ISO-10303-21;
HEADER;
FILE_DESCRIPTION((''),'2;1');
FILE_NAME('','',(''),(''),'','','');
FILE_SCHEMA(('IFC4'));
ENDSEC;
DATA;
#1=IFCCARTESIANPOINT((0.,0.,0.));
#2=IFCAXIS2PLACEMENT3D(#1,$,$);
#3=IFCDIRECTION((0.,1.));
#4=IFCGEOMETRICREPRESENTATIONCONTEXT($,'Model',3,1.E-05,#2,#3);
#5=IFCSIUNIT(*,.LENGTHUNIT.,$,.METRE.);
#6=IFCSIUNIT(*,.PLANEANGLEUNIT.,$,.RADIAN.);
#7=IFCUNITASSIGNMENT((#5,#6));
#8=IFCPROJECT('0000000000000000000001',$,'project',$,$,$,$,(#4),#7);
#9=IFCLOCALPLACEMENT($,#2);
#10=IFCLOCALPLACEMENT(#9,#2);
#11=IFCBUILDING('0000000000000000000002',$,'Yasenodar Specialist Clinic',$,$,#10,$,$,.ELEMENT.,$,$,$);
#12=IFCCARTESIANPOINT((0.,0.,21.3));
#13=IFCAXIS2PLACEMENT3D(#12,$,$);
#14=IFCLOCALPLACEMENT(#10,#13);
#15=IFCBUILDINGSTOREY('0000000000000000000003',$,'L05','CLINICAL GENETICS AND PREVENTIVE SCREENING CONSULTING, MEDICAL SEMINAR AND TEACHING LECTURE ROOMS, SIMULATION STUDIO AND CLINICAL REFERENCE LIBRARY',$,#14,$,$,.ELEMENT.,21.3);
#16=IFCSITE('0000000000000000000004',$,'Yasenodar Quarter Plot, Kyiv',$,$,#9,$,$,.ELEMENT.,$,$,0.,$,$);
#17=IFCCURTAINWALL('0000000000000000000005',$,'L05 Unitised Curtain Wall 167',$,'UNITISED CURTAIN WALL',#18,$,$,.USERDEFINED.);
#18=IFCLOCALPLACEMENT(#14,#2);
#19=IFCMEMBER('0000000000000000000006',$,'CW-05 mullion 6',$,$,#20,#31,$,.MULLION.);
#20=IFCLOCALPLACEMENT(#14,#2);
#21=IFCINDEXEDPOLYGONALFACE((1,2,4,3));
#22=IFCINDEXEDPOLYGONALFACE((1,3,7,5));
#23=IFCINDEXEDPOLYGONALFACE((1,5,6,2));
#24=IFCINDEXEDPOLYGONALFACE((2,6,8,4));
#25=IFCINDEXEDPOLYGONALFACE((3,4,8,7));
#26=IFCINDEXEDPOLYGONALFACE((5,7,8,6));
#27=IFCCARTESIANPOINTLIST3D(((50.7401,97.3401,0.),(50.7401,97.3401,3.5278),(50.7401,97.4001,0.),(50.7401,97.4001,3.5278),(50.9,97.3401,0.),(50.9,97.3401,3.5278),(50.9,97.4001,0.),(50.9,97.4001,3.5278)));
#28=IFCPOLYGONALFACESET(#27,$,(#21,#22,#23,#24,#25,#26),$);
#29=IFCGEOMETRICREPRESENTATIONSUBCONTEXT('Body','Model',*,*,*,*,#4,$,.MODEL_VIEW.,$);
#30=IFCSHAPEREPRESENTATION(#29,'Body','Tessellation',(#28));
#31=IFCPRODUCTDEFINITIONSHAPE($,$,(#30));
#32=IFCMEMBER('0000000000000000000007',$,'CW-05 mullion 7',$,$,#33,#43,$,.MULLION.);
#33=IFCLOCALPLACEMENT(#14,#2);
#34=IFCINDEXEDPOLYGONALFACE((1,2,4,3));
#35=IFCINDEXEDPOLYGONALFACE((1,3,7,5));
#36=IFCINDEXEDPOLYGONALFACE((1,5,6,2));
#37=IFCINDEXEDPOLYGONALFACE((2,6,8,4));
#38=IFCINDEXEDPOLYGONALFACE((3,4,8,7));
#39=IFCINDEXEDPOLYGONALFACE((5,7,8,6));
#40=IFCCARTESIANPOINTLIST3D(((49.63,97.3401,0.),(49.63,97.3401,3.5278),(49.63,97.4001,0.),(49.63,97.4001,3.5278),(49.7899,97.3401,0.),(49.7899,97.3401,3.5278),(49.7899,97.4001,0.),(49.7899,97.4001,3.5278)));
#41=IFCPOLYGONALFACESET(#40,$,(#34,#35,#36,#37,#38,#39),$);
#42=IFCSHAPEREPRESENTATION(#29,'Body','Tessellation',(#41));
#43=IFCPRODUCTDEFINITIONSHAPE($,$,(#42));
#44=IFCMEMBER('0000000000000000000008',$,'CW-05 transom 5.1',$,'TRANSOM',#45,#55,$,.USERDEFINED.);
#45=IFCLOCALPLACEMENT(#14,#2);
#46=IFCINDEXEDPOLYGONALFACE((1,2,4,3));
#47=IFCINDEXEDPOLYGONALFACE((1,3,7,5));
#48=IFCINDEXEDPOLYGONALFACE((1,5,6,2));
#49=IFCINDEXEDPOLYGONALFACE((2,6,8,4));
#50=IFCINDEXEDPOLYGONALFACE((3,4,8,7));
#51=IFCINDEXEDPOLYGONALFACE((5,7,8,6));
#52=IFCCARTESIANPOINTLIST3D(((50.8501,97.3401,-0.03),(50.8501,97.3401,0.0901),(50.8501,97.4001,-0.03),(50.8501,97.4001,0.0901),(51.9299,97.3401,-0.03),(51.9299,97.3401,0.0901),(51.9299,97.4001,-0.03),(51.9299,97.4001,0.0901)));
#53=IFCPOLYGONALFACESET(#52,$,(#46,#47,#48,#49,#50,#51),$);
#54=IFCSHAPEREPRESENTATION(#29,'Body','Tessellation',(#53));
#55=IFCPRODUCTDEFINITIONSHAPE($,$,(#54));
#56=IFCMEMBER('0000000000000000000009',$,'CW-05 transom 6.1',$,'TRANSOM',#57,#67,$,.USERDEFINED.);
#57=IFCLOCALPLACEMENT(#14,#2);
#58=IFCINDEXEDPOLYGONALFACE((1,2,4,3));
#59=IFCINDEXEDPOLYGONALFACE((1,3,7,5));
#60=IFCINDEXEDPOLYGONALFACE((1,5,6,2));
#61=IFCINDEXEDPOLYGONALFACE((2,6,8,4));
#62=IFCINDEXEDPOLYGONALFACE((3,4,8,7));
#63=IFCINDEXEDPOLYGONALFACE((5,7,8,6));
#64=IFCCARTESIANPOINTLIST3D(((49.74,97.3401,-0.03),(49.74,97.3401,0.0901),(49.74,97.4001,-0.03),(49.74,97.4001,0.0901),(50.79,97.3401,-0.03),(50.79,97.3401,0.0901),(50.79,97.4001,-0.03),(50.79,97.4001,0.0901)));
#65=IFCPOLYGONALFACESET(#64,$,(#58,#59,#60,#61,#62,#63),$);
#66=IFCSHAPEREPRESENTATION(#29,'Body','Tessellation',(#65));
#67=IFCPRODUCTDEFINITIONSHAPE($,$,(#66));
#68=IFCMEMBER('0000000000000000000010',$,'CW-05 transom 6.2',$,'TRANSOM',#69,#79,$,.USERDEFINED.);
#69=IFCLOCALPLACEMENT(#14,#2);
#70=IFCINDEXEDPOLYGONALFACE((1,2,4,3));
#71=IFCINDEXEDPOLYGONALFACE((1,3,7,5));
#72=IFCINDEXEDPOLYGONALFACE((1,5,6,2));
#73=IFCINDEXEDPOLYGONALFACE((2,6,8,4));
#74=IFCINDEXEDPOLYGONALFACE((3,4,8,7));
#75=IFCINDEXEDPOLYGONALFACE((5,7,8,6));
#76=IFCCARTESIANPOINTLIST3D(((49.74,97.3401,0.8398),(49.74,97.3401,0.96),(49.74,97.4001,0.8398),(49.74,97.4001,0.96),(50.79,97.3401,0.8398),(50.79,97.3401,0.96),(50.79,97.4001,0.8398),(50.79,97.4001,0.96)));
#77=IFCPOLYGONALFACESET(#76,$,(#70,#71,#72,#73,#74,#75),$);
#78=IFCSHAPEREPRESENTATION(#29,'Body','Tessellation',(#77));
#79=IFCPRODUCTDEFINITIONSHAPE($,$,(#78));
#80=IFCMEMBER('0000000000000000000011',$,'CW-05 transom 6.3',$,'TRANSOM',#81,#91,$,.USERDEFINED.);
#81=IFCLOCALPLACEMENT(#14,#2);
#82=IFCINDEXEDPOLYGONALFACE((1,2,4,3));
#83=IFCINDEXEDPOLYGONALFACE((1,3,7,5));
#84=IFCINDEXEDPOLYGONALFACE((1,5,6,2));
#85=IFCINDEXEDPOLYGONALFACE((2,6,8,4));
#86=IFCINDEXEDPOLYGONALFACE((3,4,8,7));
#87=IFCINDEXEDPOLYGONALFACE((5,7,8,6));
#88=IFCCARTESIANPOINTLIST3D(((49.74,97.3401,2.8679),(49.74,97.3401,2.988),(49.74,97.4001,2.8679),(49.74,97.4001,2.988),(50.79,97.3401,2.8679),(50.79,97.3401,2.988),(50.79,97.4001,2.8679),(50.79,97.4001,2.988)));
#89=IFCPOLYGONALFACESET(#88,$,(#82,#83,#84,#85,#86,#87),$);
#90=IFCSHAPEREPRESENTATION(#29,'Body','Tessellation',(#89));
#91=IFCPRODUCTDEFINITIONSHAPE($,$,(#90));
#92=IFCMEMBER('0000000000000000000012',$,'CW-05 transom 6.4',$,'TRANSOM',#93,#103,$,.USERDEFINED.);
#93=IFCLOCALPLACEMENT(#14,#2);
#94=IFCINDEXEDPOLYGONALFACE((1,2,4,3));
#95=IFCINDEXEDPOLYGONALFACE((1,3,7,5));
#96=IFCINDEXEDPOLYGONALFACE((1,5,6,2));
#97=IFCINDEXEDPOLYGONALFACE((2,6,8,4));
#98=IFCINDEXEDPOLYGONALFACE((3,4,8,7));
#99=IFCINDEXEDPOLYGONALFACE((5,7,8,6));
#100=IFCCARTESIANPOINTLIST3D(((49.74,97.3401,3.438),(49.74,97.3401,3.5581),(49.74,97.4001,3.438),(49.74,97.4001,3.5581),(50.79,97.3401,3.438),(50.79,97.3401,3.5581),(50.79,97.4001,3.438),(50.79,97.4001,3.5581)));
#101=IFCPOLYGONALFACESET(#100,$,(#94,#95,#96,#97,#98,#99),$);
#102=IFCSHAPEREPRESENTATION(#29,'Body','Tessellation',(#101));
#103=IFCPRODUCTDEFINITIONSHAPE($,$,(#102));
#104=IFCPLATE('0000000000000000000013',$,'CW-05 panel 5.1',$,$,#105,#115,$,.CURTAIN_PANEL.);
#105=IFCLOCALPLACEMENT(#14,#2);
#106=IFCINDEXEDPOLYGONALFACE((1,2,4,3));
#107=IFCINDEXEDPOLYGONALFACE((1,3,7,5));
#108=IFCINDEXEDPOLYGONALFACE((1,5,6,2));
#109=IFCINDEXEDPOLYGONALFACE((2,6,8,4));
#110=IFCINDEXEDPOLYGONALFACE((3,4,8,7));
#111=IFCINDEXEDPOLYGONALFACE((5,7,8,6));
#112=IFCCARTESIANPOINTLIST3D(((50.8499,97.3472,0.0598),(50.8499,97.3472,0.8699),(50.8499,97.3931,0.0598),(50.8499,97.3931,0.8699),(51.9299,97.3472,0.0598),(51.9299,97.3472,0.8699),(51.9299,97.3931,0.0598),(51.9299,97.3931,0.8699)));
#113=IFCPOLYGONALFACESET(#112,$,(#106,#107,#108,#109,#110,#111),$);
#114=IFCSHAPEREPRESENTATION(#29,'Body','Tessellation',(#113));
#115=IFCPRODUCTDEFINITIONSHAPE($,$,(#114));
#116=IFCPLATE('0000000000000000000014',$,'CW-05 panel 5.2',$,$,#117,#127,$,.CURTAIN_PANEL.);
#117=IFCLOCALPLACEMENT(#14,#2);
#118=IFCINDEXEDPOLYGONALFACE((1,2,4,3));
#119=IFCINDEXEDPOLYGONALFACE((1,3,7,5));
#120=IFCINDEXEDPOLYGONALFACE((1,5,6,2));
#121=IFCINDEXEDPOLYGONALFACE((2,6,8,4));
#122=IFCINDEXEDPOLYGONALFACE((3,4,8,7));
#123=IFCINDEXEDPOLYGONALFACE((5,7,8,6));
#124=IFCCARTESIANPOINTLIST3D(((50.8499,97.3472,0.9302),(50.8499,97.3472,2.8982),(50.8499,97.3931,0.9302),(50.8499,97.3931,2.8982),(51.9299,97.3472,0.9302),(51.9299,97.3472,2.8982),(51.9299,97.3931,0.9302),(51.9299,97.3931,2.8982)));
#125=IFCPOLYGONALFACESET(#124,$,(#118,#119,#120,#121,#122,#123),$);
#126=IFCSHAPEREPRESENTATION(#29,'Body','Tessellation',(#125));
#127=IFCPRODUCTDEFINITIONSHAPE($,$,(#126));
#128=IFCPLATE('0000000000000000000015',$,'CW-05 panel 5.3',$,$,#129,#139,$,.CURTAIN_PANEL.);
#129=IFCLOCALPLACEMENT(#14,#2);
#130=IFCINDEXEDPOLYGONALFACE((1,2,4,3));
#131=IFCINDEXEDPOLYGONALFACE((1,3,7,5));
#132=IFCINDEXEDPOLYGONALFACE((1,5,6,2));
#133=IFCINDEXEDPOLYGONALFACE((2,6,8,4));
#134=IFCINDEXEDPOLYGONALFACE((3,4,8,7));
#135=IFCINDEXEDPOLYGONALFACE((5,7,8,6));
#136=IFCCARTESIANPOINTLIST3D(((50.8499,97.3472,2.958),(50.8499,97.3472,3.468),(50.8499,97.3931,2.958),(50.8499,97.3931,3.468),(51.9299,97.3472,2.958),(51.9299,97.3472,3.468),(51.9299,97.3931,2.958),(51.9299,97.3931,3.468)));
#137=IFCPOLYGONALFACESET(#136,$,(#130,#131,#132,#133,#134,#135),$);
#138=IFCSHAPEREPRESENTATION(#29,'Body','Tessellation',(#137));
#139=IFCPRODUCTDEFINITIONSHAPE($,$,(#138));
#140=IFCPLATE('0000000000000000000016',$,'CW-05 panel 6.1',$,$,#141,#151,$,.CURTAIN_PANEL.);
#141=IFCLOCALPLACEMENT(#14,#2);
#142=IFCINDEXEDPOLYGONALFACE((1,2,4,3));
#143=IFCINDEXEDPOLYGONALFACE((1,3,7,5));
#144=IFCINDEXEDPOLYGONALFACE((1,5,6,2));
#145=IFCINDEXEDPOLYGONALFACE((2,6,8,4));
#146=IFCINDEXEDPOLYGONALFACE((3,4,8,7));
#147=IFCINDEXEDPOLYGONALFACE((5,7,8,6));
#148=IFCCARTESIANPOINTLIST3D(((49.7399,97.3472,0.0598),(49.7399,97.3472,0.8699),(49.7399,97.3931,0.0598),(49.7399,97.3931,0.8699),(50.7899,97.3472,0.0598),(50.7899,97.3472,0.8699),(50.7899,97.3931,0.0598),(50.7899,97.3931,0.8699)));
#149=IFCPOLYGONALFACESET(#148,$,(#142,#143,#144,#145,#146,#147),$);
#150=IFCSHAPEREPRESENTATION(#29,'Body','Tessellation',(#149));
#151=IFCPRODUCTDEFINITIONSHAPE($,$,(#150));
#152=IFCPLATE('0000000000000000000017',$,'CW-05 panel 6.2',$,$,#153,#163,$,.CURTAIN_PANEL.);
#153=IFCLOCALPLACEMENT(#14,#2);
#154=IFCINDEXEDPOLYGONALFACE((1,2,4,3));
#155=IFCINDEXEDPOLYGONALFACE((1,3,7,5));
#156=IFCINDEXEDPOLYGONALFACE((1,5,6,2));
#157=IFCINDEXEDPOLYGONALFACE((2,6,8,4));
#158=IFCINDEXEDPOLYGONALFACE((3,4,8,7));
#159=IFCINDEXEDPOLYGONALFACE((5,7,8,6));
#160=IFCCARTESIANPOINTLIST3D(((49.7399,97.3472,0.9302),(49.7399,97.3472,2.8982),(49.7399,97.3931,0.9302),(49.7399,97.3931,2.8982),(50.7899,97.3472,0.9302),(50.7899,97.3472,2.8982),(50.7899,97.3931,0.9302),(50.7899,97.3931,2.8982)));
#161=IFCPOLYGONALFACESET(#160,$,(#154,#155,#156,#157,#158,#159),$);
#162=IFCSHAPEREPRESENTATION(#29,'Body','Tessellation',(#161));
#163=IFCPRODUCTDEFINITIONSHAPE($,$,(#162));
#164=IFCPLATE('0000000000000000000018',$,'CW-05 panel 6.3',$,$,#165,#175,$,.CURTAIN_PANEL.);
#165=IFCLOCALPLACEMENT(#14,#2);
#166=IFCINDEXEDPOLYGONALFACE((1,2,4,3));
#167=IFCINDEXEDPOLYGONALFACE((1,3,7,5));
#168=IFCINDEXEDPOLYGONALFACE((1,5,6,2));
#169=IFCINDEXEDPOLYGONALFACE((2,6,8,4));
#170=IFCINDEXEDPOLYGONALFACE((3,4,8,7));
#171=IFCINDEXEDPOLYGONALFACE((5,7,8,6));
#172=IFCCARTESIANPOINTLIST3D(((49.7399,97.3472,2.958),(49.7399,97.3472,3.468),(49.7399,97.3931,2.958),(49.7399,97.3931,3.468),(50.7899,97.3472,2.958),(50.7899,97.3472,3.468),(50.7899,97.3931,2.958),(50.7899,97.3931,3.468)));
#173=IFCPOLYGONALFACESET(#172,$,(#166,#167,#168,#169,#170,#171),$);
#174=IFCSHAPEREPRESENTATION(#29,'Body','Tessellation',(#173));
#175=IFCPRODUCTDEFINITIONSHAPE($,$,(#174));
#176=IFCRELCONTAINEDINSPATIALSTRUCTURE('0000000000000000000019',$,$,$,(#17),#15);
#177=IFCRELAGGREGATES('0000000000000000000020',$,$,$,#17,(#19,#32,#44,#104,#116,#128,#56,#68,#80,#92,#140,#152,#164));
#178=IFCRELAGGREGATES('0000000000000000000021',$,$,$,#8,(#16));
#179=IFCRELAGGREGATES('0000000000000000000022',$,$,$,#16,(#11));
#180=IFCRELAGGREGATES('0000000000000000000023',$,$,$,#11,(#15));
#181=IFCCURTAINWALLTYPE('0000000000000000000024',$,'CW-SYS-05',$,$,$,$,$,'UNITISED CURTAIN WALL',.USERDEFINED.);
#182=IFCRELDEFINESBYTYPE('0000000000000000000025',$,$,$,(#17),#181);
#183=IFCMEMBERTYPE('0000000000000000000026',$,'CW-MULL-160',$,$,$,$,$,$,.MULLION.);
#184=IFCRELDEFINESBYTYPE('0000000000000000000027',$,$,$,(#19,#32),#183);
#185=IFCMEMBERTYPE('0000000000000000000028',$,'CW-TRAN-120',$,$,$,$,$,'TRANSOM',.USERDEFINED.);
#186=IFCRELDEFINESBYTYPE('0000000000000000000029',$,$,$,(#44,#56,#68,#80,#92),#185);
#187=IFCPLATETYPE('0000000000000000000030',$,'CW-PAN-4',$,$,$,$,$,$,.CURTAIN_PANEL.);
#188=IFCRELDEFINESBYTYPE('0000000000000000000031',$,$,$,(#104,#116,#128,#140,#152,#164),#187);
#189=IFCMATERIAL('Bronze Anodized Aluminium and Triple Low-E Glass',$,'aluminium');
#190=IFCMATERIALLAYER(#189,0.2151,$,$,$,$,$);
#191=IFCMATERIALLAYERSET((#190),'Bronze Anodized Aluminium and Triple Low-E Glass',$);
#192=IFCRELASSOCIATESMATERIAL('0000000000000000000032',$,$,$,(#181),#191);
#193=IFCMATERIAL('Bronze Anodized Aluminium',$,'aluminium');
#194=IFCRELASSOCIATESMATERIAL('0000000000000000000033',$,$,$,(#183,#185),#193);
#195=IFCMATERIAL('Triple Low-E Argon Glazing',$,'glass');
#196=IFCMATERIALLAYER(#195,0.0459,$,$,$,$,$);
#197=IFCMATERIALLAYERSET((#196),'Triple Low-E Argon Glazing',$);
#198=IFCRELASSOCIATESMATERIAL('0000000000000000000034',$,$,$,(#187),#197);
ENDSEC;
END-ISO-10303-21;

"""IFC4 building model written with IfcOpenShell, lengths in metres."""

from ifc_helpers import new_model, si_unit, direction, frame, origin, origin_2d, place, context, subcontext, project, spatial, rectangle, extrude, material, layer, layer_set, material_profile, profile_set, type_object, element, aggregate, save


model = new_model("IFC4")

# Units and contexts
model_context = context("Model", 3, precision=1e-05, world=origin(), true_north=direction((0.0, 1.0)))
body_context = subcontext(model_context, "Body", "Model", "MODEL_VIEW")
ifc_project = project(units=[si_unit("LENGTHUNIT", "METRE"), si_unit("PLANEANGLEUNIT", "RADIAN")], contexts=[model_context])

# Site, building, storey
site_placement = place(None, origin())
site = spatial("IfcSite", under=ifc_project, at=site_placement, Name="Yasenodar Quarter Plot, Kyiv", CompositionType="ELEMENT", RefElevation=0.0)
building_placement = place(site_placement, origin())
building = spatial("IfcBuilding", under=site, at=building_placement, Name="Yasenodar Specialist Clinic", CompositionType="ELEMENT")
storey_placement = place(building_placement, frame((0.0, 0.0, 21.3)))
storey = spatial("IfcBuildingStorey", under=building, at=storey_placement, Name="L05", Description="CLINICAL GENETICS AND PREVENTIVE SCREENING CONSULTING, MEDICAL SEMINAR AND TEACHING LECTURE ROOMS, SIMULATION STUDIO AND CLINICAL REFERENCE LIBRARY", CompositionType="ELEMENT", Elevation=21.3)

# Curtain wall, members, plates
ifc_material_1 = material(Name="Bronze Anodized Aluminium and Triple Low-E Glass", Category="aluminium")
ifc_layer_1 = layer(ifc_material_1, 0.2151)
ifc_layer_set_1 = layer_set([ifc_layer_1], Name="Bronze Anodized Aluminium and Triple Low-E Glass")
curtain_wall_type = type_object("IfcCurtainWallType", Name="CW-SYS-05", ElementType="UNITISED CURTAIN WALL", PredefinedType="USERDEFINED", material=ifc_layer_set_1)
curtain_wall_placement = place(storey_placement, origin())
curtain_wall = element("IfcCurtainWall", 1, at=curtain_wall_placement, inside=storey, type_object=curtain_wall_type, Name="L05 Unitised Curtain Wall 167", ObjectType="UNITISED CURTAIN WALL", PredefinedType="USERDEFINED")
ifc_material_2 = material(Name="Bronze Anodized Aluminium", Category="aluminium")
ifc_material_profile_1 = material_profile(ifc_material_2, rectangle(XDim=0.0601, YDim=0.1599, at=origin_2d()), Name="CW-MULL 60x160")
ifc_profile_set_1 = profile_set([ifc_material_profile_1], Name="Bronze Anodized Aluminium")
member_type_1 = type_object("IfcMemberType", Name="CW-MULL-160", PredefinedType="MULLION", material=ifc_profile_set_1)
member_1_placement = place(storey_placement, frame((50.8201, 97.3701, 0.0), z_axis=(0.0, 0.0, 1.0), x_axis=(0.0, -1.0, 0.0)))
member_1 = element("IfcMember", 2, at=member_1_placement, type_object=member_type_1, Name="CW-05 mullion 6", PredefinedType="MULLION", context=body_context, shape_type="SweptSolid", body=[
    extrude(rectangle(XDim=0.0601, YDim=0.1599, at=origin_2d()), origin(), (0.0, 0.0, 1.0), 3.5278),
])
member_2_placement = place(storey_placement, frame((49.71, 97.3701, 0.0), z_axis=(0.0, 0.0, 1.0), x_axis=(0.0, -1.0, 0.0)))
member_2 = element("IfcMember", 3, at=member_2_placement, type_object=member_type_1, Name="CW-05 mullion 7", PredefinedType="MULLION", context=body_context, shape_type="SweptSolid", body=[
    extrude(rectangle(XDim=0.0601, YDim=0.1599, at=origin_2d()), origin(), (0.0, 0.0, 1.0), 3.5278),
])
ifc_material_profile_2 = material_profile(ifc_material_2, rectangle(XDim=0.0601, YDim=0.1201, at=origin_2d()), Name="CW-TRAN 60x120")
ifc_profile_set_2 = profile_set([ifc_material_profile_2], Name="Bronze Anodized Aluminium")
member_type_2 = type_object("IfcMemberType", Name="CW-TRAN-120", ElementType="TRANSOM", PredefinedType="USERDEFINED", material=ifc_profile_set_2)
member_3_placement = place(storey_placement, frame((51.9299, 97.3701, 0.03), z_axis=(-1.0, 0.0, 0.0), x_axis=(0.0, -1.0, 0.0)))
member_3 = element("IfcMember", 4, at=member_3_placement, type_object=member_type_2, Name="CW-05 transom 5.1", ObjectType="TRANSOM", PredefinedType="USERDEFINED", context=body_context, shape_type="SweptSolid", body=[
    extrude(rectangle(XDim=0.0601, YDim=0.1201, at=origin_2d()), origin(), (0.0, 0.0, 1.0), 1.0798),
])
member_4_placement = place(storey_placement, frame((50.79, 97.3701, 0.03), z_axis=(-1.0, 0.0, 0.0), x_axis=(0.0, -1.0, 0.0)))
member_4 = element("IfcMember", 5, at=member_4_placement, type_object=member_type_2, Name="CW-05 transom 6.1", ObjectType="TRANSOM", PredefinedType="USERDEFINED", context=body_context, shape_type="SweptSolid", body=[
    extrude(rectangle(XDim=0.0601, YDim=0.1201, at=origin_2d()), origin(), (0.0, 0.0, 1.0), 1.05),
])
member_5_placement = place(storey_placement, frame((50.79, 97.3701, 0.8999), z_axis=(-1.0, 0.0, 0.0), x_axis=(0.0, -1.0, 0.0)))
member_5 = element("IfcMember", 6, at=member_5_placement, type_object=member_type_2, Name="CW-05 transom 6.2", ObjectType="TRANSOM", PredefinedType="USERDEFINED", context=body_context, shape_type="SweptSolid", body=[
    extrude(rectangle(XDim=0.0601, YDim=0.1201, at=origin_2d()), origin(), (0.0, 0.0, 1.0), 1.05),
])
member_6_placement = place(storey_placement, frame((50.79, 97.3701, 2.928), z_axis=(-1.0, 0.0, 0.0), x_axis=(0.0, -1.0, 0.0)))
member_6 = element("IfcMember", 7, at=member_6_placement, type_object=member_type_2, Name="CW-05 transom 6.3", ObjectType="TRANSOM", PredefinedType="USERDEFINED", context=body_context, shape_type="SweptSolid", body=[
    extrude(rectangle(XDim=0.0601, YDim=0.1201, at=origin_2d()), origin(), (0.0, 0.0, 1.0), 1.05),
])
member_7_placement = place(storey_placement, frame((50.79, 97.3701, 3.498), z_axis=(-1.0, 0.0, 0.0), x_axis=(0.0, -1.0, 0.0)))
member_7 = element("IfcMember", 8, at=member_7_placement, type_object=member_type_2, Name="CW-05 transom 6.4", ObjectType="TRANSOM", PredefinedType="USERDEFINED", context=body_context, shape_type="SweptSolid", body=[
    extrude(rectangle(XDim=0.0601, YDim=0.1201, at=origin_2d()), origin(), (0.0, 0.0, 1.0), 1.05),
])
ifc_material_3 = material(Name="Triple Low-E Argon Glazing", Category="glass")
ifc_layer_2 = layer(ifc_material_3, 0.0459)
ifc_layer_set_2 = layer_set([ifc_layer_2], Name="Triple Low-E Argon Glazing")
plate_type = type_object("IfcPlateType", Name="CW-PAN-4", PredefinedType="CURTAIN_PANEL", material=ifc_layer_set_2)
plate_1_placement = place(storey_placement, frame((51.3899, 97.3701, 0.0598), z_axis=(0.0, 0.0, 1.0), x_axis=(-1.0, 0.0, 0.0)))
plate_1 = element("IfcPlate", 9, at=plate_1_placement, type_object=plate_type, Name="CW-05 panel 5.1", PredefinedType="CURTAIN_PANEL", context=body_context, shape_type="SweptSolid", body=[
    extrude(rectangle(XDim=1.0801, YDim=0.0459, at=origin_2d()), origin(), (0.0, 0.0, 1.0), 0.8101),
])
plate_2_placement = place(storey_placement, frame((51.3899, 97.3701, 0.9302), z_axis=(0.0, 0.0, 1.0), x_axis=(-1.0, 0.0, 0.0)))
plate_2 = element("IfcPlate", 10, at=plate_2_placement, type_object=plate_type, Name="CW-05 panel 5.2", PredefinedType="CURTAIN_PANEL", context=body_context, shape_type="SweptSolid", body=[
    extrude(rectangle(XDim=1.0801, YDim=0.0459, at=origin_2d()), origin(), (0.0, 0.0, 1.0), 1.968),
])
plate_3_placement = place(storey_placement, frame((51.3899, 97.3701, 2.958), z_axis=(0.0, 0.0, 1.0), x_axis=(-1.0, 0.0, 0.0)))
plate_3 = element("IfcPlate", 11, at=plate_3_placement, type_object=plate_type, Name="CW-05 panel 5.3", PredefinedType="CURTAIN_PANEL", context=body_context, shape_type="SweptSolid", body=[
    extrude(rectangle(XDim=1.0801, YDim=0.0459, at=origin_2d()), origin(), (0.0, 0.0, 1.0), 0.51),
])
plate_4_placement = place(storey_placement, frame((50.2649, 97.3701, 0.0598), z_axis=(0.0, 0.0, 1.0), x_axis=(-1.0, 0.0, 0.0)))
plate_4 = element("IfcPlate", 12, at=plate_4_placement, type_object=plate_type, Name="CW-05 panel 6.1", PredefinedType="CURTAIN_PANEL", context=body_context, shape_type="SweptSolid", body=[
    extrude(rectangle(XDim=1.05, YDim=0.0459, at=origin_2d()), origin(), (0.0, 0.0, 1.0), 0.8101),
])
plate_5_placement = place(storey_placement, frame((50.2649, 97.3701, 0.9302), z_axis=(0.0, 0.0, 1.0), x_axis=(-1.0, 0.0, 0.0)))
plate_5 = element("IfcPlate", 13, at=plate_5_placement, type_object=plate_type, Name="CW-05 panel 6.2", PredefinedType="CURTAIN_PANEL", context=body_context, shape_type="SweptSolid", body=[
    extrude(rectangle(XDim=1.05, YDim=0.0459, at=origin_2d()), origin(), (0.0, 0.0, 1.0), 1.968),
])
plate_6_placement = place(storey_placement, frame((50.2649, 97.3701, 2.958), z_axis=(0.0, 0.0, 1.0), x_axis=(-1.0, 0.0, 0.0)))
plate_6 = element("IfcPlate", 14, at=plate_6_placement, type_object=plate_type, Name="CW-05 panel 6.3", PredefinedType="CURTAIN_PANEL", context=body_context, shape_type="SweptSolid", body=[
    extrude(rectangle(XDim=1.05, YDim=0.0459, at=origin_2d()), origin(), (0.0, 0.0, 1.0), 0.51),
])
aggregate(curtain_wall, [member_1, member_2, member_3, plate_1, plate_2, plate_3, member_4, member_5, member_6, member_7, plate_4, plate_5, plate_6])

save(model, "model.ifc")
